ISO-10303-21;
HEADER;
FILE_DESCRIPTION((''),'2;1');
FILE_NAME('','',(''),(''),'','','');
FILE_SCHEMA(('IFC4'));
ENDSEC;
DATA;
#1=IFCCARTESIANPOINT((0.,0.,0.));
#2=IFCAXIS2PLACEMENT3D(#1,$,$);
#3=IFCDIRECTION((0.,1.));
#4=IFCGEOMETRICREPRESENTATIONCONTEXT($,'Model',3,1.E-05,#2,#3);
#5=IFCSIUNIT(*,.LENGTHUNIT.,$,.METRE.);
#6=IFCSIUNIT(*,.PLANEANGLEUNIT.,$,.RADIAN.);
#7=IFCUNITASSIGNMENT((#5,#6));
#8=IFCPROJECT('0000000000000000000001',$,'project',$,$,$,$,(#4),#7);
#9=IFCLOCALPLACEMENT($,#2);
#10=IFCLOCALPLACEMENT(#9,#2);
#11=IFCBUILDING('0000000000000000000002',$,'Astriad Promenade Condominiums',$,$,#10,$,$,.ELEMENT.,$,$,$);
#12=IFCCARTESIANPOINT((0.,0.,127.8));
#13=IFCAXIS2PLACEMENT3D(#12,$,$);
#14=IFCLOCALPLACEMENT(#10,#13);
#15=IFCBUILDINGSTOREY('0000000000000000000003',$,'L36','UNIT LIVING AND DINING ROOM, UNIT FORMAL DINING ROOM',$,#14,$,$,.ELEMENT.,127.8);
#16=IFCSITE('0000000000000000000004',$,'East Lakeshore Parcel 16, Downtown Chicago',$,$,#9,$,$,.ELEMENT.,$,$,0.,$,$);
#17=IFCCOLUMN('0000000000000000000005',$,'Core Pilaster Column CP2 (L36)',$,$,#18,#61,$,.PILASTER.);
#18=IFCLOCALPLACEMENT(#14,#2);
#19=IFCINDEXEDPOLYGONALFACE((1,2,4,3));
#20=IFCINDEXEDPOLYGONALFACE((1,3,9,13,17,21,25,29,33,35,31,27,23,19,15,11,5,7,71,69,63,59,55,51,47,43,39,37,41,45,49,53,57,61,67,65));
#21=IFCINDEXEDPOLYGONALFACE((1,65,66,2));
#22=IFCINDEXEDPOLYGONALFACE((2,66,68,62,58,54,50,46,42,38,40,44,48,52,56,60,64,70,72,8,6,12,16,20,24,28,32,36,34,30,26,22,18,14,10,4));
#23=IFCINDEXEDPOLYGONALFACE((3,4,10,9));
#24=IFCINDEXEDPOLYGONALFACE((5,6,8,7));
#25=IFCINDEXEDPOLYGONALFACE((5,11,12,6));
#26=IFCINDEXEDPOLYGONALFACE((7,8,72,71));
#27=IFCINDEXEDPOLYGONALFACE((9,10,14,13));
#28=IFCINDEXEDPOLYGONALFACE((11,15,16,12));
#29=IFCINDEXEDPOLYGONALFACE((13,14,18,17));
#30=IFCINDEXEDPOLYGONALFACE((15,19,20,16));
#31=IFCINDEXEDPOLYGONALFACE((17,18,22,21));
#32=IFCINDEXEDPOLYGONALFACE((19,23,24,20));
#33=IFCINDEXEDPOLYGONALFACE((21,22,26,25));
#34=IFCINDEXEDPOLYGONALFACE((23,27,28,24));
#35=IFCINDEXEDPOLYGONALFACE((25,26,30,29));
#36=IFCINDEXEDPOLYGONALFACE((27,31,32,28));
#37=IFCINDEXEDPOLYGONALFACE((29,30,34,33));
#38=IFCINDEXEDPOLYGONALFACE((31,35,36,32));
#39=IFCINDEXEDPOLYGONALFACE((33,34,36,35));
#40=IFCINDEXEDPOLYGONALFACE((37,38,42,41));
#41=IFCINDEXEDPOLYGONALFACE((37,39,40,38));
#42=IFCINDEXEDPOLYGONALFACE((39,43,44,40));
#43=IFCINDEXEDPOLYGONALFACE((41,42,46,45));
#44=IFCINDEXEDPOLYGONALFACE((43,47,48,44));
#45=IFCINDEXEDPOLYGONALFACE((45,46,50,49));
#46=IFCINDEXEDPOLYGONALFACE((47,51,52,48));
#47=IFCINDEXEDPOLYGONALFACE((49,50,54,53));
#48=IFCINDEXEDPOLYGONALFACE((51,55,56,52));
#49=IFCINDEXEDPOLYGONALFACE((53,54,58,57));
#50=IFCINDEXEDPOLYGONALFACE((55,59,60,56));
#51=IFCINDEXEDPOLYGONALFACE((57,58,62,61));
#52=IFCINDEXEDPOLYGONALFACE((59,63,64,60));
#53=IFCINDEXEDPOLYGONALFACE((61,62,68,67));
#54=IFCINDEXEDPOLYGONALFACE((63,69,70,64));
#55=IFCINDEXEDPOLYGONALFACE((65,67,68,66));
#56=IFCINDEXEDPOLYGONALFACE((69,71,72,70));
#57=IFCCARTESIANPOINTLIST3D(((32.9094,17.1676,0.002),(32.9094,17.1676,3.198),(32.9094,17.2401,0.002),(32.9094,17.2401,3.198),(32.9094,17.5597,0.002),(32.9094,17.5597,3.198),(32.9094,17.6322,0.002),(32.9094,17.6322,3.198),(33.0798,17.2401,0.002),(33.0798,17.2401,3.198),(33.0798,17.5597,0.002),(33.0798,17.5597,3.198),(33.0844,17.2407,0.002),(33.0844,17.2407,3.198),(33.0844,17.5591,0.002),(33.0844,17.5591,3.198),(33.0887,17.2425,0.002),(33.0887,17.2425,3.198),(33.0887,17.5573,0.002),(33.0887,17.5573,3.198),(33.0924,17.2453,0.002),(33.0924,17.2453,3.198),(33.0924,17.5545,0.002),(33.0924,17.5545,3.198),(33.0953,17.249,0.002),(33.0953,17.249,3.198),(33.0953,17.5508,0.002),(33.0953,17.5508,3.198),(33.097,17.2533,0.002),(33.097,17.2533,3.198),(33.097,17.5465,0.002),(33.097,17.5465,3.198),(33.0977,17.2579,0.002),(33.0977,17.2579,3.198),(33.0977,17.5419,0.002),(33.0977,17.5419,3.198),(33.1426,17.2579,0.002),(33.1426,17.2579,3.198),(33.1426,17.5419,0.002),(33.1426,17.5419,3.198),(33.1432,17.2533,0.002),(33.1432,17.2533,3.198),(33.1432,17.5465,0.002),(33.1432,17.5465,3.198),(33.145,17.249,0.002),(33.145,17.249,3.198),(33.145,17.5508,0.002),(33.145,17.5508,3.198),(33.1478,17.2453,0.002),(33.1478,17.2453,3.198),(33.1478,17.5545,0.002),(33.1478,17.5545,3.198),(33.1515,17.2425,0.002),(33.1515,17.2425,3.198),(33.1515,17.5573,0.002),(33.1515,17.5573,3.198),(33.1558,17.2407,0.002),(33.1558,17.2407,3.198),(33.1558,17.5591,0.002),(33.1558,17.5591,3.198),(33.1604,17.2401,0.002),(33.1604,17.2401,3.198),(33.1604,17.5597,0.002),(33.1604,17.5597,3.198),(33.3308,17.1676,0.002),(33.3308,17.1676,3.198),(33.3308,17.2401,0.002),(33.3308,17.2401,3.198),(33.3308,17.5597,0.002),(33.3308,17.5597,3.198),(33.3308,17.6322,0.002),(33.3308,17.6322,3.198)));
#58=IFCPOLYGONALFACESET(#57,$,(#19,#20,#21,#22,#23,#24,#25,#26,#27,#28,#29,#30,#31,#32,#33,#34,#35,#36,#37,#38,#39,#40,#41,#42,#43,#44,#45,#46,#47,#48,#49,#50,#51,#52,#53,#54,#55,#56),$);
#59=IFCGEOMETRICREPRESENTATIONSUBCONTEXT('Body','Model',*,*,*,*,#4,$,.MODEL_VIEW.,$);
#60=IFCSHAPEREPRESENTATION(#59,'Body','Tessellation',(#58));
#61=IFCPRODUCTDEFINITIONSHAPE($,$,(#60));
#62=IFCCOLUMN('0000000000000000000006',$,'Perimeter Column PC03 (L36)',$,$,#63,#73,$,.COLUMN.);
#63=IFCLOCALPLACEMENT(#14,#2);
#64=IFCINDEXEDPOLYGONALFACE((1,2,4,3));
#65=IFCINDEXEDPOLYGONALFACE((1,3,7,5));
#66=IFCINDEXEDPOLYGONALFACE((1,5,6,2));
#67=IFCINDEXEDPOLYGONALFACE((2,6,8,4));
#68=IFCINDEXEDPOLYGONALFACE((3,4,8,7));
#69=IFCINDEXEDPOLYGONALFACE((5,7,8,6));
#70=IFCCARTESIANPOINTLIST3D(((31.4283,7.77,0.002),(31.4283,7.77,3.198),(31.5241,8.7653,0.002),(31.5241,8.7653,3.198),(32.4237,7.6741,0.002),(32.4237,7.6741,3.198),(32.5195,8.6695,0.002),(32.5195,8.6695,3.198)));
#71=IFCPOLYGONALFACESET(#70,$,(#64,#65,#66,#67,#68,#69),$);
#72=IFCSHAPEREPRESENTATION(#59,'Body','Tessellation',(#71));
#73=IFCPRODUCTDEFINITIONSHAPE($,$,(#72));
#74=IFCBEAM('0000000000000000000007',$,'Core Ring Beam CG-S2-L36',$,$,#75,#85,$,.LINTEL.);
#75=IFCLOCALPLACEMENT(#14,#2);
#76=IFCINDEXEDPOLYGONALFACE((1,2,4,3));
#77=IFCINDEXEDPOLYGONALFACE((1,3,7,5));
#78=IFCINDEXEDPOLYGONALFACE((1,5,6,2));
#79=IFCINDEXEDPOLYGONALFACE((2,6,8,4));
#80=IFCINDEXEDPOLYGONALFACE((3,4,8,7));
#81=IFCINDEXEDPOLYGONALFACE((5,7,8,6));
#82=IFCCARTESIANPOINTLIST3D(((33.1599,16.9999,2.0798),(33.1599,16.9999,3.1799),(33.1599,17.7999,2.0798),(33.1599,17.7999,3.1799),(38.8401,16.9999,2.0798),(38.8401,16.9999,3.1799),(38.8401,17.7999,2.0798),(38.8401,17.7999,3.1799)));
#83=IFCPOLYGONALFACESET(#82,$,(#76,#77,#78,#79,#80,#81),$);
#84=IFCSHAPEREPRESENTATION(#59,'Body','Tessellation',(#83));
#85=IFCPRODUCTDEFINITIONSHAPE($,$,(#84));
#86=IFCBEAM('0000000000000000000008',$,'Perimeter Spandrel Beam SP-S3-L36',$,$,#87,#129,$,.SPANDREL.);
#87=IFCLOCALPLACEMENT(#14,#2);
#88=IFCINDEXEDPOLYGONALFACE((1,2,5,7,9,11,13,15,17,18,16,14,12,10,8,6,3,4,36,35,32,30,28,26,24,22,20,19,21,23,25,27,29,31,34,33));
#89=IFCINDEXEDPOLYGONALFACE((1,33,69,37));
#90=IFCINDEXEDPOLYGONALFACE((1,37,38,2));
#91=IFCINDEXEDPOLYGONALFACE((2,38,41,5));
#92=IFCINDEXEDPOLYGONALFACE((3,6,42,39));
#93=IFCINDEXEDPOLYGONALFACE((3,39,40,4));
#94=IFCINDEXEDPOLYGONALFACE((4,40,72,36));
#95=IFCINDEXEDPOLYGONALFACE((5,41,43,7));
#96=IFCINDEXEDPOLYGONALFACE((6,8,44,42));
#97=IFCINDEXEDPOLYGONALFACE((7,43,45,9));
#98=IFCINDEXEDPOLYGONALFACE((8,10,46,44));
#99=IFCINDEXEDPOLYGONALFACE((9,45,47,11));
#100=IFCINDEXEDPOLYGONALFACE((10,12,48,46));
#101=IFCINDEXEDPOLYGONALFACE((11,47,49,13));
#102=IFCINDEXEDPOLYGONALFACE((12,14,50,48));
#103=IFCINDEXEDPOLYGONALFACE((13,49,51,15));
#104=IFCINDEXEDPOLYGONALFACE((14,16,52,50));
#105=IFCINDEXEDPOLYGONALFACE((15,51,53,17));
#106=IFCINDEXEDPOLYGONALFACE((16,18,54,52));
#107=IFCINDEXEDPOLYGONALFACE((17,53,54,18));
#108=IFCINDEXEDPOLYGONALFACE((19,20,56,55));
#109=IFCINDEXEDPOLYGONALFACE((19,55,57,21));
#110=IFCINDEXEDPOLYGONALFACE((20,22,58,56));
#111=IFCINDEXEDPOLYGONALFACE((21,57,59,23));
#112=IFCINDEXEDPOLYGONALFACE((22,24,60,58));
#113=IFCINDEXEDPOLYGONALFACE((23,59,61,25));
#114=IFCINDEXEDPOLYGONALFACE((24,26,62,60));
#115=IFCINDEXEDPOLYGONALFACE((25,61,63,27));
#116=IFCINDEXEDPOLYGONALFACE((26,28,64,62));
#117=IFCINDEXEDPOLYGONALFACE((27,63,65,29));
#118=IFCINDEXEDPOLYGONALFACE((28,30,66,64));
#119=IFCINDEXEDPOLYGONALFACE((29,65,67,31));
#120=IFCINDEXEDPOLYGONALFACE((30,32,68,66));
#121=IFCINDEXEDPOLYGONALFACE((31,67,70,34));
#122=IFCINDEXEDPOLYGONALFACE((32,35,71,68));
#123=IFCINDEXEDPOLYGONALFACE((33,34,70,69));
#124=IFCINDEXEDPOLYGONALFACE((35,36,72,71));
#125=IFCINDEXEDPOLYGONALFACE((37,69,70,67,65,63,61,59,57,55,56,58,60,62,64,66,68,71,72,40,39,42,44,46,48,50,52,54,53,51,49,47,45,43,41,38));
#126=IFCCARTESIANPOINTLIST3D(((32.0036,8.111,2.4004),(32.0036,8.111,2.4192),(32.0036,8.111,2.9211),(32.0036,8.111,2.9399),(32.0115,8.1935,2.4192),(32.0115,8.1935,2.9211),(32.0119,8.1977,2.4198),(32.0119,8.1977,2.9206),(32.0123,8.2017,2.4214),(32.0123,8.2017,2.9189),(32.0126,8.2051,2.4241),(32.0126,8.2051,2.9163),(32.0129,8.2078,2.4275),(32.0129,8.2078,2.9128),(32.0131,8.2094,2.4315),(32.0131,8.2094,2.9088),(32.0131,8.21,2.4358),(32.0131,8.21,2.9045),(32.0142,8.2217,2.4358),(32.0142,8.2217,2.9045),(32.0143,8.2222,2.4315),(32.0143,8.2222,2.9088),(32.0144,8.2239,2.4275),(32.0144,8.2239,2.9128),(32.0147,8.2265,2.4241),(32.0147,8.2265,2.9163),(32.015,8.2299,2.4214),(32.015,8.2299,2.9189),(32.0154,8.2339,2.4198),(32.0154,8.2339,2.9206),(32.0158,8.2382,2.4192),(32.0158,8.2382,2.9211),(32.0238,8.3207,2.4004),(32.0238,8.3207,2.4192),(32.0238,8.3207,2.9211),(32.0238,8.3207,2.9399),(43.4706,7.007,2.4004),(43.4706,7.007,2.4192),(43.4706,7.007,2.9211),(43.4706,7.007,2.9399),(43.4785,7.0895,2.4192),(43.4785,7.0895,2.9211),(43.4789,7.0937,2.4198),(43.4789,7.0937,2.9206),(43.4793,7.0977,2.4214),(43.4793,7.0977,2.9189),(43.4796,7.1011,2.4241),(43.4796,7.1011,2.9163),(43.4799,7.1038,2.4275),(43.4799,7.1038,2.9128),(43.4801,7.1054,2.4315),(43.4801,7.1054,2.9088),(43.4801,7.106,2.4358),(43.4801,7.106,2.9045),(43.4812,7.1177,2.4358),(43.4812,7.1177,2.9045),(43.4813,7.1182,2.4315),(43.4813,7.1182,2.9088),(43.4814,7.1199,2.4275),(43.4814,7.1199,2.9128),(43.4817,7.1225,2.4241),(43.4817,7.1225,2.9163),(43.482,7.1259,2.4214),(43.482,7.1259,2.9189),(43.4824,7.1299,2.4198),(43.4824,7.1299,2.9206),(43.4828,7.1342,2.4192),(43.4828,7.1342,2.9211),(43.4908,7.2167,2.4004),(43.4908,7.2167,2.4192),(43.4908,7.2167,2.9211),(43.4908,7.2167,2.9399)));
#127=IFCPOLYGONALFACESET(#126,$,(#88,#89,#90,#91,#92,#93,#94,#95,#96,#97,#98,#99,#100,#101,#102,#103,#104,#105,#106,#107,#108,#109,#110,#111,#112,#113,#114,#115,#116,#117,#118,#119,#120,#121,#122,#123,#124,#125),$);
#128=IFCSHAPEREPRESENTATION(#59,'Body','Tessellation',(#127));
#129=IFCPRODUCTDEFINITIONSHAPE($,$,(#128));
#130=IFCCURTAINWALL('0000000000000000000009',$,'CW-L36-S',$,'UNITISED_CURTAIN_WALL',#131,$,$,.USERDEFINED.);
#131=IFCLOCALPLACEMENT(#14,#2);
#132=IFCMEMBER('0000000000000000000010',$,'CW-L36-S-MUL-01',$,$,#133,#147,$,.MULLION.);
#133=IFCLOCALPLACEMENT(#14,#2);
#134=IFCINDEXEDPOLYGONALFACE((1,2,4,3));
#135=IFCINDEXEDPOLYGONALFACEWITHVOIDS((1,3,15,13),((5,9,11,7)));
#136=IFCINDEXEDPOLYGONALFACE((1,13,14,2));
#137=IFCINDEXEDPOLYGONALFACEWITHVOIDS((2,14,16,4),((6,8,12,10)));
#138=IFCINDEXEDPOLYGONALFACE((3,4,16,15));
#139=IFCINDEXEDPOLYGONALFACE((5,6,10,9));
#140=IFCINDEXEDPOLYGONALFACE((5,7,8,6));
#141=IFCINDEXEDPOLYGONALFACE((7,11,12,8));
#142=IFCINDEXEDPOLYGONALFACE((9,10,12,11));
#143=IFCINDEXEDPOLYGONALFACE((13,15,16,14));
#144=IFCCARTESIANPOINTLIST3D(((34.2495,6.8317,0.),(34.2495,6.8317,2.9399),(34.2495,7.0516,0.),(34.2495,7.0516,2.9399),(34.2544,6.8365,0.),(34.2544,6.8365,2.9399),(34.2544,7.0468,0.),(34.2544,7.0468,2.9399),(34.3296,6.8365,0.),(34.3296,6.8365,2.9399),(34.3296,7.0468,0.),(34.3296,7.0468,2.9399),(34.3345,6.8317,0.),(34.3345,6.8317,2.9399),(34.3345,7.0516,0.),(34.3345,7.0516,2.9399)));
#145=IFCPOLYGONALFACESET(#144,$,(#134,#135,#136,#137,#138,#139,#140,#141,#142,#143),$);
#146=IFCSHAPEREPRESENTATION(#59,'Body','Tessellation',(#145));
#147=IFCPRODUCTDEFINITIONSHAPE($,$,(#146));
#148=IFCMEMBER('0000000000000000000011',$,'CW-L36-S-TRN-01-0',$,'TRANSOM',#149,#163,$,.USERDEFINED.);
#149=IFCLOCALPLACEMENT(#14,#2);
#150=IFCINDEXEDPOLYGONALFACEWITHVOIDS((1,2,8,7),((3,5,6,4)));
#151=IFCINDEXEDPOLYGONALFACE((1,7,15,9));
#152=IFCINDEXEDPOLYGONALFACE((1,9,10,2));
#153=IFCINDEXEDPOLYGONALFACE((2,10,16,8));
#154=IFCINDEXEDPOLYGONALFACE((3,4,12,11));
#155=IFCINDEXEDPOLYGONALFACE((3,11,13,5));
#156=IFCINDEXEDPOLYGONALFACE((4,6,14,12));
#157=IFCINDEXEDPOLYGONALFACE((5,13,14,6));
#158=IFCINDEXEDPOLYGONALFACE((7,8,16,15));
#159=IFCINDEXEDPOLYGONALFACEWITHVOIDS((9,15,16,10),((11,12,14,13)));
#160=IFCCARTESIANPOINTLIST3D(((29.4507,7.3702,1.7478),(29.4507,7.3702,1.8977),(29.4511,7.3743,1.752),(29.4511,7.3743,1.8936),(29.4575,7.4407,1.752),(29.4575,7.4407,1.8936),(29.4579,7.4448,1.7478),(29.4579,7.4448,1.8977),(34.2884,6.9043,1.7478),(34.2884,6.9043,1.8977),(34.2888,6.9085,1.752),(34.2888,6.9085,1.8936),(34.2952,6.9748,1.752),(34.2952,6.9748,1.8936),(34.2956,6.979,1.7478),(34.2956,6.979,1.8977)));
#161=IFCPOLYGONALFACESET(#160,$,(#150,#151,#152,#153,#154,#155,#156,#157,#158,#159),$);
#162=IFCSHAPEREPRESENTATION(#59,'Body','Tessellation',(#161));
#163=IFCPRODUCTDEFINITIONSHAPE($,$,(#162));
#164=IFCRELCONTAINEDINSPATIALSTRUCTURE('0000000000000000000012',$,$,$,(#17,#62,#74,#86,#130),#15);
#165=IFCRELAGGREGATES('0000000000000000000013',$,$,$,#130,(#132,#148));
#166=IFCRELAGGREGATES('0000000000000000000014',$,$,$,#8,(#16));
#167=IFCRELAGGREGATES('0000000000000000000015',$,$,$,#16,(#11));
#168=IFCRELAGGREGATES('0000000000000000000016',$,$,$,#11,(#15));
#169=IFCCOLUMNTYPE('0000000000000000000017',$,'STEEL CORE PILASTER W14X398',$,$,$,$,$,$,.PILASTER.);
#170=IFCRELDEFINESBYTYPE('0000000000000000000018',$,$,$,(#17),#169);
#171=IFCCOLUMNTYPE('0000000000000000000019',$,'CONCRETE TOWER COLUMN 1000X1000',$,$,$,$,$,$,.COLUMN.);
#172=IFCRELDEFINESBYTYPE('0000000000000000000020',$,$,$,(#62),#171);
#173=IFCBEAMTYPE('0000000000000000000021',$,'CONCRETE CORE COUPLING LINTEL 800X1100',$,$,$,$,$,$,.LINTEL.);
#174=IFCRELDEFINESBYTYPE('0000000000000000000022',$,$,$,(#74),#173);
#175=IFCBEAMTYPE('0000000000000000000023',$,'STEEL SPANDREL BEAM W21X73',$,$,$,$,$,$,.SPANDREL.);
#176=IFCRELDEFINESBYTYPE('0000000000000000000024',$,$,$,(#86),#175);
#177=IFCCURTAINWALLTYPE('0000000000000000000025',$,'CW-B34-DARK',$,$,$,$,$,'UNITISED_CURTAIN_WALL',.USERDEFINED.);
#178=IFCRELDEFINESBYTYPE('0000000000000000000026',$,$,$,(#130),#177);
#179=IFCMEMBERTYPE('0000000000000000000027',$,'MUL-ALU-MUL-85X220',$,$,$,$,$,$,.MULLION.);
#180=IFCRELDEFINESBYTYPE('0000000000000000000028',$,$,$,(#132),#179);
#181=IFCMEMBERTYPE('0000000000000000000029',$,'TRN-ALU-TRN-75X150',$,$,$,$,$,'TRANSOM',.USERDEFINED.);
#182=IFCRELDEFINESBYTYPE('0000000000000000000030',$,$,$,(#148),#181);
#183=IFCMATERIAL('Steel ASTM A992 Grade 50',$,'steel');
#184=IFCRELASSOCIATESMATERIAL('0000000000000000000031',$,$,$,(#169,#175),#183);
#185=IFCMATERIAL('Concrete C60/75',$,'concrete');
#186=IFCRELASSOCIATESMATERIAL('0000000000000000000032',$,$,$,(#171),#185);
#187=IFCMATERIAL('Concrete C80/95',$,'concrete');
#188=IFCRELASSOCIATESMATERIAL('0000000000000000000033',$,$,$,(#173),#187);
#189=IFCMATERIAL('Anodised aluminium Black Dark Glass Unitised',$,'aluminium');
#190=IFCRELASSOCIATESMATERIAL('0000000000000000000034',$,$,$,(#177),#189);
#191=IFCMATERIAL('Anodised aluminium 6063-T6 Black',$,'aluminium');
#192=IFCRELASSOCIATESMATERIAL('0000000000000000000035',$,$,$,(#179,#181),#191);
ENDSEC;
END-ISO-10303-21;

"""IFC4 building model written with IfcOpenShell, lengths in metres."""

from ifc_helpers import new_model, si_unit, direction, frame, origin, origin_2d, place, context, subcontext, project, spatial, rectangle, hollow_rectangle, i_section, extrude, source, transform, mapped, material, material_profile, profile_set, type_object, type_shapes, element, aggregate, save


model = new_model("IFC4")

# Units and contexts
model_context = context("Model", 3, precision=1e-05, world=origin(), true_north=direction((0.0, 1.0)))
body_context = subcontext(model_context, "Body", "Model", "MODEL_VIEW")
ifc_project = project(units=[si_unit("LENGTHUNIT", "METRE"), si_unit("PLANEANGLEUNIT", "RADIAN")], contexts=[model_context])

# Site, building, storey
site_placement = place(None, origin())
site = spatial("IfcSite", under=ifc_project, at=site_placement, Name="East Lakeshore Parcel 16, Downtown Chicago", CompositionType="ELEMENT", RefElevation=0.0)
building_placement = place(site_placement, origin())
building = spatial("IfcBuilding", under=site, at=building_placement, Name="Astriad Promenade Condominiums", CompositionType="ELEMENT")
storey_placement = place(building_placement, frame((0.0, 0.0, 127.8)))
storey = spatial("IfcBuildingStorey", under=building, at=storey_placement, Name="L36", Description="UNIT LIVING AND DINING ROOM, UNIT FORMAL DINING ROOM", CompositionType="ELEMENT", Elevation=127.8)

# Columns
ifc_material_1 = material(Name="Steel ASTM A992 Grade 50", Category="steel")
ifc_material_profile_1 = material_profile(ifc_material_1, i_section(OverallWidth=0.4214, OverallDepth=0.4646, WebThickness=0.0449, FlangeThickness=0.0725, FilletRadius=0.0178, at=origin_2d()), Name="W14X398")
ifc_profile_set_1 = profile_set([ifc_material_profile_1], Name="Steel ASTM A992 Grade 50")
column_type_1 = type_object("IfcColumnType", Name="STEEL CORE PILASTER W14X398", PredefinedType="PILASTER", material=ifc_profile_set_1)
shared_shape_1 = source(origin(), body_context, "Body", "SweptSolid", [
    extrude(i_section(OverallWidth=0.4214, OverallDepth=0.4646, WebThickness=0.0449, FlangeThickness=0.0725, FilletRadius=0.0178, at=origin_2d()), origin(), (0.0, 0.0, 1.0), 3.196),
])
type_shapes(column_type_1, [shared_shape_1])
column_1_placement = place(storey_placement, frame((33.1201, 17.3999, 0.002), z_axis=(0.0, 0.0, 1.0), x_axis=(1.0, 0.0, 0.0)))
element("IfcColumn", 1, at=column_1_placement, inside=storey, type_object=column_type_1, Name="Core Pilaster Column CP2 (L36)", PredefinedType="PILASTER", context=body_context, shape_type="MappedRepresentation", body=[
    mapped(shared_shape_1, transform((0.0, 0.0, 0.0), scale=1.0)),
])
ifc_material_2 = material(Name="Concrete C60/75", Category="concrete")
ifc_material_profile_2 = material_profile(ifc_material_2, rectangle(XDim=1.0, YDim=1.0, at=origin_2d()), Name="RC-COL-1000X1000")
ifc_profile_set_2 = profile_set([ifc_material_profile_2], Name="Concrete C60/75")
column_type_2 = type_object("IfcColumnType", Name="CONCRETE TOWER COLUMN 1000X1000", PredefinedType="COLUMN", material=ifc_profile_set_2)
shared_shape_2 = source(origin(), body_context, "Body", "SweptSolid", [
    extrude(rectangle(XDim=1.0, YDim=1.0, at=origin_2d()), origin(), (0.0, 0.0, 1.0), 3.196),
])
type_shapes(column_type_2, [shared_shape_2])
column_2_placement = place(storey_placement, frame((31.9739, 8.2197, 0.002), z_axis=(0.0, 0.0, 1.0), x_axis=(0.995396, -0.095846, 0.0)))
element("IfcColumn", 2, at=column_2_placement, inside=storey, type_object=column_type_2, Name="Perimeter Column PC03 (L36)", PredefinedType="COLUMN", context=body_context, shape_type="MappedRepresentation", body=[
    mapped(shared_shape_2, transform((0.0, 0.0, 0.0), scale=1.0)),
])

# Beams
ifc_material_3 = material(Name="Concrete C80/95", Category="concrete")
ifc_material_profile_3 = material_profile(ifc_material_3, rectangle(XDim=0.8, YDim=1.1001, at=origin_2d()), Name="RC-BM-800X1100")
ifc_profile_set_3 = profile_set([ifc_material_profile_3], Name="Concrete C80/95")
beam_type_1 = type_object("IfcBeamType", Name="CONCRETE CORE COUPLING LINTEL 800X1100", PredefinedType="LINTEL", material=ifc_profile_set_3)
shared_shape_3 = source(origin(), body_context, "Body", "SweptSolid", [
    extrude(rectangle(XDim=0.8, YDim=1.1001, at=origin_2d()), origin(), (0.0, 0.0, 1.0), 5.6802),
])
type_shapes(beam_type_1, [shared_shape_3])
beam_1_placement = place(storey_placement, frame((33.1599, 17.3999, 2.6299), z_axis=(1.0, 0.0, 0.0), x_axis=(0.0, 1.0, 0.0)))
element("IfcBeam", 3, at=beam_1_placement, inside=storey, type_object=beam_type_1, Name="Core Ring Beam CG-S2-L36", PredefinedType="LINTEL", context=body_context, shape_type="MappedRepresentation", body=[
    mapped(shared_shape_3, transform((0.0, 0.0, 0.0), scale=1.0)),
])
ifc_material_profile_4 = material_profile(ifc_material_1, i_section(OverallWidth=0.2107, OverallDepth=0.5396, WebThickness=0.0117, FlangeThickness=0.0188, FilletRadius=0.0166, at=origin_2d()), Name="W21X73")
ifc_profile_set_4 = profile_set([ifc_material_profile_4], Name="Steel ASTM A992 Grade 50")
beam_type_2 = type_object("IfcBeamType", Name="STEEL SPANDREL BEAM W21X73", PredefinedType="SPANDREL", material=ifc_profile_set_4)
shared_shape_4 = source(origin(), body_context, "Body", "SweptSolid", [
    extrude(i_section(OverallWidth=0.2107, OverallDepth=0.5396, WebThickness=0.0117, FlangeThickness=0.0188, FilletRadius=0.0166, at=origin_2d()), origin(), (0.0, 0.0, 1.0), 11.52),
])
type_shapes(beam_type_2, [shared_shape_4])
beam_2_placement = place(storey_placement, frame((32.0137, 8.2158, 2.6702), z_axis=(0.995397, -0.095833, 0.0), x_axis=(0.095833, 0.995397, 0.0)))
element("IfcBeam", 4, at=beam_2_placement, inside=storey, type_object=beam_type_2, Name="Perimeter Spandrel Beam SP-S3-L36", PredefinedType="SPANDREL", context=body_context, shape_type="MappedRepresentation", body=[
    mapped(shared_shape_4, transform((0.0, 0.0, 0.0), scale=1.0)),
])

# Curtain wall, members
ifc_material_4 = material(Name="Anodised aluminium Black Dark Glass Unitised", Category="aluminium")
curtain_wall_type = type_object("IfcCurtainWallType", Name="CW-B34-DARK", ElementType="UNITISED_CURTAIN_WALL", PredefinedType="USERDEFINED", material=ifc_material_4)
curtain_wall_placement = place(storey_placement, origin())
curtain_wall = element("IfcCurtainWall", 5, at=curtain_wall_placement, inside=storey, type_object=curtain_wall_type, Name="CW-L36-S", ObjectType="UNITISED_CURTAIN_WALL", PredefinedType="USERDEFINED")
ifc_material_5 = material(Name="Anodised aluminium 6063-T6 Black", Category="aluminium")
ifc_material_profile_5 = material_profile(ifc_material_5, hollow_rectangle(XDim=0.085, YDim=0.22, WallThickness=0.0049, at=origin_2d()), Name="ALU-MUL-85X220")
ifc_profile_set_5 = profile_set([ifc_material_profile_5], Name="Anodised aluminium 6063-T6 Black")
member_type_1 = type_object("IfcMemberType", Name="MUL-ALU-MUL-85X220", PredefinedType="MULLION", material=ifc_profile_set_5)
shared_shape_5 = source(origin(), body_context, "Body", "SweptSolid", [
    extrude(hollow_rectangle(XDim=0.085, YDim=0.22, WallThickness=0.0049, at=origin_2d()), origin(), (0.0, 0.0, 1.0), 2.9399),
])
type_shapes(member_type_1, [shared_shape_5])
member_1_placement = place(storey_placement, frame((34.292, 6.9417, 0.0), z_axis=(0.0, 0.0, 1.0), x_axis=(1.0, 0.0, 0.0)))
member_1 = element("IfcMember", 6, at=member_1_placement, type_object=member_type_1, Name="CW-L36-S-MUL-01", PredefinedType="MULLION", context=body_context, shape_type="MappedRepresentation", body=[
    mapped(shared_shape_5, transform((0.0, 0.0, 0.0), scale=1.0)),
])
ifc_material_profile_6 = material_profile(ifc_material_5, hollow_rectangle(XDim=0.075, YDim=0.1499, WallThickness=0.0042, at=origin_2d()), Name="ALU-TRN-75X150")
ifc_profile_set_6 = profile_set([ifc_material_profile_6], Name="Anodised aluminium 6063-T6 Black")
member_type_2 = type_object("IfcMemberType", Name="TRN-ALU-TRN-75X150", ElementType="TRANSOM", PredefinedType="USERDEFINED", material=ifc_profile_set_6)
shared_shape_6 = source(origin(), body_context, "Body", "SweptSolid", [
    extrude(hollow_rectangle(XDim=0.075, YDim=0.1499, WallThickness=0.0042, at=origin_2d()), origin(), (0.0, 0.0, 1.0), 4.8601),
])
type_shapes(member_type_2, [shared_shape_6])
member_2_placement = place(storey_placement, frame((34.292, 6.9417, 1.8228), z_axis=(-0.995396, 0.095847, 0.0), x_axis=(-0.095847, -0.995396, 0.0)))
member_2 = element("IfcMember", 7, at=member_2_placement, type_object=member_type_2, Name="CW-L36-S-TRN-01-0", ObjectType="TRANSOM", PredefinedType="USERDEFINED", context=body_context, shape_type="MappedRepresentation", body=[
    mapped(shared_shape_6, transform((0.0, 0.0, 0.0), scale=1.0)),
])
aggregate(curtain_wall, [member_1, member_2])

save(model, "model.ifc")
